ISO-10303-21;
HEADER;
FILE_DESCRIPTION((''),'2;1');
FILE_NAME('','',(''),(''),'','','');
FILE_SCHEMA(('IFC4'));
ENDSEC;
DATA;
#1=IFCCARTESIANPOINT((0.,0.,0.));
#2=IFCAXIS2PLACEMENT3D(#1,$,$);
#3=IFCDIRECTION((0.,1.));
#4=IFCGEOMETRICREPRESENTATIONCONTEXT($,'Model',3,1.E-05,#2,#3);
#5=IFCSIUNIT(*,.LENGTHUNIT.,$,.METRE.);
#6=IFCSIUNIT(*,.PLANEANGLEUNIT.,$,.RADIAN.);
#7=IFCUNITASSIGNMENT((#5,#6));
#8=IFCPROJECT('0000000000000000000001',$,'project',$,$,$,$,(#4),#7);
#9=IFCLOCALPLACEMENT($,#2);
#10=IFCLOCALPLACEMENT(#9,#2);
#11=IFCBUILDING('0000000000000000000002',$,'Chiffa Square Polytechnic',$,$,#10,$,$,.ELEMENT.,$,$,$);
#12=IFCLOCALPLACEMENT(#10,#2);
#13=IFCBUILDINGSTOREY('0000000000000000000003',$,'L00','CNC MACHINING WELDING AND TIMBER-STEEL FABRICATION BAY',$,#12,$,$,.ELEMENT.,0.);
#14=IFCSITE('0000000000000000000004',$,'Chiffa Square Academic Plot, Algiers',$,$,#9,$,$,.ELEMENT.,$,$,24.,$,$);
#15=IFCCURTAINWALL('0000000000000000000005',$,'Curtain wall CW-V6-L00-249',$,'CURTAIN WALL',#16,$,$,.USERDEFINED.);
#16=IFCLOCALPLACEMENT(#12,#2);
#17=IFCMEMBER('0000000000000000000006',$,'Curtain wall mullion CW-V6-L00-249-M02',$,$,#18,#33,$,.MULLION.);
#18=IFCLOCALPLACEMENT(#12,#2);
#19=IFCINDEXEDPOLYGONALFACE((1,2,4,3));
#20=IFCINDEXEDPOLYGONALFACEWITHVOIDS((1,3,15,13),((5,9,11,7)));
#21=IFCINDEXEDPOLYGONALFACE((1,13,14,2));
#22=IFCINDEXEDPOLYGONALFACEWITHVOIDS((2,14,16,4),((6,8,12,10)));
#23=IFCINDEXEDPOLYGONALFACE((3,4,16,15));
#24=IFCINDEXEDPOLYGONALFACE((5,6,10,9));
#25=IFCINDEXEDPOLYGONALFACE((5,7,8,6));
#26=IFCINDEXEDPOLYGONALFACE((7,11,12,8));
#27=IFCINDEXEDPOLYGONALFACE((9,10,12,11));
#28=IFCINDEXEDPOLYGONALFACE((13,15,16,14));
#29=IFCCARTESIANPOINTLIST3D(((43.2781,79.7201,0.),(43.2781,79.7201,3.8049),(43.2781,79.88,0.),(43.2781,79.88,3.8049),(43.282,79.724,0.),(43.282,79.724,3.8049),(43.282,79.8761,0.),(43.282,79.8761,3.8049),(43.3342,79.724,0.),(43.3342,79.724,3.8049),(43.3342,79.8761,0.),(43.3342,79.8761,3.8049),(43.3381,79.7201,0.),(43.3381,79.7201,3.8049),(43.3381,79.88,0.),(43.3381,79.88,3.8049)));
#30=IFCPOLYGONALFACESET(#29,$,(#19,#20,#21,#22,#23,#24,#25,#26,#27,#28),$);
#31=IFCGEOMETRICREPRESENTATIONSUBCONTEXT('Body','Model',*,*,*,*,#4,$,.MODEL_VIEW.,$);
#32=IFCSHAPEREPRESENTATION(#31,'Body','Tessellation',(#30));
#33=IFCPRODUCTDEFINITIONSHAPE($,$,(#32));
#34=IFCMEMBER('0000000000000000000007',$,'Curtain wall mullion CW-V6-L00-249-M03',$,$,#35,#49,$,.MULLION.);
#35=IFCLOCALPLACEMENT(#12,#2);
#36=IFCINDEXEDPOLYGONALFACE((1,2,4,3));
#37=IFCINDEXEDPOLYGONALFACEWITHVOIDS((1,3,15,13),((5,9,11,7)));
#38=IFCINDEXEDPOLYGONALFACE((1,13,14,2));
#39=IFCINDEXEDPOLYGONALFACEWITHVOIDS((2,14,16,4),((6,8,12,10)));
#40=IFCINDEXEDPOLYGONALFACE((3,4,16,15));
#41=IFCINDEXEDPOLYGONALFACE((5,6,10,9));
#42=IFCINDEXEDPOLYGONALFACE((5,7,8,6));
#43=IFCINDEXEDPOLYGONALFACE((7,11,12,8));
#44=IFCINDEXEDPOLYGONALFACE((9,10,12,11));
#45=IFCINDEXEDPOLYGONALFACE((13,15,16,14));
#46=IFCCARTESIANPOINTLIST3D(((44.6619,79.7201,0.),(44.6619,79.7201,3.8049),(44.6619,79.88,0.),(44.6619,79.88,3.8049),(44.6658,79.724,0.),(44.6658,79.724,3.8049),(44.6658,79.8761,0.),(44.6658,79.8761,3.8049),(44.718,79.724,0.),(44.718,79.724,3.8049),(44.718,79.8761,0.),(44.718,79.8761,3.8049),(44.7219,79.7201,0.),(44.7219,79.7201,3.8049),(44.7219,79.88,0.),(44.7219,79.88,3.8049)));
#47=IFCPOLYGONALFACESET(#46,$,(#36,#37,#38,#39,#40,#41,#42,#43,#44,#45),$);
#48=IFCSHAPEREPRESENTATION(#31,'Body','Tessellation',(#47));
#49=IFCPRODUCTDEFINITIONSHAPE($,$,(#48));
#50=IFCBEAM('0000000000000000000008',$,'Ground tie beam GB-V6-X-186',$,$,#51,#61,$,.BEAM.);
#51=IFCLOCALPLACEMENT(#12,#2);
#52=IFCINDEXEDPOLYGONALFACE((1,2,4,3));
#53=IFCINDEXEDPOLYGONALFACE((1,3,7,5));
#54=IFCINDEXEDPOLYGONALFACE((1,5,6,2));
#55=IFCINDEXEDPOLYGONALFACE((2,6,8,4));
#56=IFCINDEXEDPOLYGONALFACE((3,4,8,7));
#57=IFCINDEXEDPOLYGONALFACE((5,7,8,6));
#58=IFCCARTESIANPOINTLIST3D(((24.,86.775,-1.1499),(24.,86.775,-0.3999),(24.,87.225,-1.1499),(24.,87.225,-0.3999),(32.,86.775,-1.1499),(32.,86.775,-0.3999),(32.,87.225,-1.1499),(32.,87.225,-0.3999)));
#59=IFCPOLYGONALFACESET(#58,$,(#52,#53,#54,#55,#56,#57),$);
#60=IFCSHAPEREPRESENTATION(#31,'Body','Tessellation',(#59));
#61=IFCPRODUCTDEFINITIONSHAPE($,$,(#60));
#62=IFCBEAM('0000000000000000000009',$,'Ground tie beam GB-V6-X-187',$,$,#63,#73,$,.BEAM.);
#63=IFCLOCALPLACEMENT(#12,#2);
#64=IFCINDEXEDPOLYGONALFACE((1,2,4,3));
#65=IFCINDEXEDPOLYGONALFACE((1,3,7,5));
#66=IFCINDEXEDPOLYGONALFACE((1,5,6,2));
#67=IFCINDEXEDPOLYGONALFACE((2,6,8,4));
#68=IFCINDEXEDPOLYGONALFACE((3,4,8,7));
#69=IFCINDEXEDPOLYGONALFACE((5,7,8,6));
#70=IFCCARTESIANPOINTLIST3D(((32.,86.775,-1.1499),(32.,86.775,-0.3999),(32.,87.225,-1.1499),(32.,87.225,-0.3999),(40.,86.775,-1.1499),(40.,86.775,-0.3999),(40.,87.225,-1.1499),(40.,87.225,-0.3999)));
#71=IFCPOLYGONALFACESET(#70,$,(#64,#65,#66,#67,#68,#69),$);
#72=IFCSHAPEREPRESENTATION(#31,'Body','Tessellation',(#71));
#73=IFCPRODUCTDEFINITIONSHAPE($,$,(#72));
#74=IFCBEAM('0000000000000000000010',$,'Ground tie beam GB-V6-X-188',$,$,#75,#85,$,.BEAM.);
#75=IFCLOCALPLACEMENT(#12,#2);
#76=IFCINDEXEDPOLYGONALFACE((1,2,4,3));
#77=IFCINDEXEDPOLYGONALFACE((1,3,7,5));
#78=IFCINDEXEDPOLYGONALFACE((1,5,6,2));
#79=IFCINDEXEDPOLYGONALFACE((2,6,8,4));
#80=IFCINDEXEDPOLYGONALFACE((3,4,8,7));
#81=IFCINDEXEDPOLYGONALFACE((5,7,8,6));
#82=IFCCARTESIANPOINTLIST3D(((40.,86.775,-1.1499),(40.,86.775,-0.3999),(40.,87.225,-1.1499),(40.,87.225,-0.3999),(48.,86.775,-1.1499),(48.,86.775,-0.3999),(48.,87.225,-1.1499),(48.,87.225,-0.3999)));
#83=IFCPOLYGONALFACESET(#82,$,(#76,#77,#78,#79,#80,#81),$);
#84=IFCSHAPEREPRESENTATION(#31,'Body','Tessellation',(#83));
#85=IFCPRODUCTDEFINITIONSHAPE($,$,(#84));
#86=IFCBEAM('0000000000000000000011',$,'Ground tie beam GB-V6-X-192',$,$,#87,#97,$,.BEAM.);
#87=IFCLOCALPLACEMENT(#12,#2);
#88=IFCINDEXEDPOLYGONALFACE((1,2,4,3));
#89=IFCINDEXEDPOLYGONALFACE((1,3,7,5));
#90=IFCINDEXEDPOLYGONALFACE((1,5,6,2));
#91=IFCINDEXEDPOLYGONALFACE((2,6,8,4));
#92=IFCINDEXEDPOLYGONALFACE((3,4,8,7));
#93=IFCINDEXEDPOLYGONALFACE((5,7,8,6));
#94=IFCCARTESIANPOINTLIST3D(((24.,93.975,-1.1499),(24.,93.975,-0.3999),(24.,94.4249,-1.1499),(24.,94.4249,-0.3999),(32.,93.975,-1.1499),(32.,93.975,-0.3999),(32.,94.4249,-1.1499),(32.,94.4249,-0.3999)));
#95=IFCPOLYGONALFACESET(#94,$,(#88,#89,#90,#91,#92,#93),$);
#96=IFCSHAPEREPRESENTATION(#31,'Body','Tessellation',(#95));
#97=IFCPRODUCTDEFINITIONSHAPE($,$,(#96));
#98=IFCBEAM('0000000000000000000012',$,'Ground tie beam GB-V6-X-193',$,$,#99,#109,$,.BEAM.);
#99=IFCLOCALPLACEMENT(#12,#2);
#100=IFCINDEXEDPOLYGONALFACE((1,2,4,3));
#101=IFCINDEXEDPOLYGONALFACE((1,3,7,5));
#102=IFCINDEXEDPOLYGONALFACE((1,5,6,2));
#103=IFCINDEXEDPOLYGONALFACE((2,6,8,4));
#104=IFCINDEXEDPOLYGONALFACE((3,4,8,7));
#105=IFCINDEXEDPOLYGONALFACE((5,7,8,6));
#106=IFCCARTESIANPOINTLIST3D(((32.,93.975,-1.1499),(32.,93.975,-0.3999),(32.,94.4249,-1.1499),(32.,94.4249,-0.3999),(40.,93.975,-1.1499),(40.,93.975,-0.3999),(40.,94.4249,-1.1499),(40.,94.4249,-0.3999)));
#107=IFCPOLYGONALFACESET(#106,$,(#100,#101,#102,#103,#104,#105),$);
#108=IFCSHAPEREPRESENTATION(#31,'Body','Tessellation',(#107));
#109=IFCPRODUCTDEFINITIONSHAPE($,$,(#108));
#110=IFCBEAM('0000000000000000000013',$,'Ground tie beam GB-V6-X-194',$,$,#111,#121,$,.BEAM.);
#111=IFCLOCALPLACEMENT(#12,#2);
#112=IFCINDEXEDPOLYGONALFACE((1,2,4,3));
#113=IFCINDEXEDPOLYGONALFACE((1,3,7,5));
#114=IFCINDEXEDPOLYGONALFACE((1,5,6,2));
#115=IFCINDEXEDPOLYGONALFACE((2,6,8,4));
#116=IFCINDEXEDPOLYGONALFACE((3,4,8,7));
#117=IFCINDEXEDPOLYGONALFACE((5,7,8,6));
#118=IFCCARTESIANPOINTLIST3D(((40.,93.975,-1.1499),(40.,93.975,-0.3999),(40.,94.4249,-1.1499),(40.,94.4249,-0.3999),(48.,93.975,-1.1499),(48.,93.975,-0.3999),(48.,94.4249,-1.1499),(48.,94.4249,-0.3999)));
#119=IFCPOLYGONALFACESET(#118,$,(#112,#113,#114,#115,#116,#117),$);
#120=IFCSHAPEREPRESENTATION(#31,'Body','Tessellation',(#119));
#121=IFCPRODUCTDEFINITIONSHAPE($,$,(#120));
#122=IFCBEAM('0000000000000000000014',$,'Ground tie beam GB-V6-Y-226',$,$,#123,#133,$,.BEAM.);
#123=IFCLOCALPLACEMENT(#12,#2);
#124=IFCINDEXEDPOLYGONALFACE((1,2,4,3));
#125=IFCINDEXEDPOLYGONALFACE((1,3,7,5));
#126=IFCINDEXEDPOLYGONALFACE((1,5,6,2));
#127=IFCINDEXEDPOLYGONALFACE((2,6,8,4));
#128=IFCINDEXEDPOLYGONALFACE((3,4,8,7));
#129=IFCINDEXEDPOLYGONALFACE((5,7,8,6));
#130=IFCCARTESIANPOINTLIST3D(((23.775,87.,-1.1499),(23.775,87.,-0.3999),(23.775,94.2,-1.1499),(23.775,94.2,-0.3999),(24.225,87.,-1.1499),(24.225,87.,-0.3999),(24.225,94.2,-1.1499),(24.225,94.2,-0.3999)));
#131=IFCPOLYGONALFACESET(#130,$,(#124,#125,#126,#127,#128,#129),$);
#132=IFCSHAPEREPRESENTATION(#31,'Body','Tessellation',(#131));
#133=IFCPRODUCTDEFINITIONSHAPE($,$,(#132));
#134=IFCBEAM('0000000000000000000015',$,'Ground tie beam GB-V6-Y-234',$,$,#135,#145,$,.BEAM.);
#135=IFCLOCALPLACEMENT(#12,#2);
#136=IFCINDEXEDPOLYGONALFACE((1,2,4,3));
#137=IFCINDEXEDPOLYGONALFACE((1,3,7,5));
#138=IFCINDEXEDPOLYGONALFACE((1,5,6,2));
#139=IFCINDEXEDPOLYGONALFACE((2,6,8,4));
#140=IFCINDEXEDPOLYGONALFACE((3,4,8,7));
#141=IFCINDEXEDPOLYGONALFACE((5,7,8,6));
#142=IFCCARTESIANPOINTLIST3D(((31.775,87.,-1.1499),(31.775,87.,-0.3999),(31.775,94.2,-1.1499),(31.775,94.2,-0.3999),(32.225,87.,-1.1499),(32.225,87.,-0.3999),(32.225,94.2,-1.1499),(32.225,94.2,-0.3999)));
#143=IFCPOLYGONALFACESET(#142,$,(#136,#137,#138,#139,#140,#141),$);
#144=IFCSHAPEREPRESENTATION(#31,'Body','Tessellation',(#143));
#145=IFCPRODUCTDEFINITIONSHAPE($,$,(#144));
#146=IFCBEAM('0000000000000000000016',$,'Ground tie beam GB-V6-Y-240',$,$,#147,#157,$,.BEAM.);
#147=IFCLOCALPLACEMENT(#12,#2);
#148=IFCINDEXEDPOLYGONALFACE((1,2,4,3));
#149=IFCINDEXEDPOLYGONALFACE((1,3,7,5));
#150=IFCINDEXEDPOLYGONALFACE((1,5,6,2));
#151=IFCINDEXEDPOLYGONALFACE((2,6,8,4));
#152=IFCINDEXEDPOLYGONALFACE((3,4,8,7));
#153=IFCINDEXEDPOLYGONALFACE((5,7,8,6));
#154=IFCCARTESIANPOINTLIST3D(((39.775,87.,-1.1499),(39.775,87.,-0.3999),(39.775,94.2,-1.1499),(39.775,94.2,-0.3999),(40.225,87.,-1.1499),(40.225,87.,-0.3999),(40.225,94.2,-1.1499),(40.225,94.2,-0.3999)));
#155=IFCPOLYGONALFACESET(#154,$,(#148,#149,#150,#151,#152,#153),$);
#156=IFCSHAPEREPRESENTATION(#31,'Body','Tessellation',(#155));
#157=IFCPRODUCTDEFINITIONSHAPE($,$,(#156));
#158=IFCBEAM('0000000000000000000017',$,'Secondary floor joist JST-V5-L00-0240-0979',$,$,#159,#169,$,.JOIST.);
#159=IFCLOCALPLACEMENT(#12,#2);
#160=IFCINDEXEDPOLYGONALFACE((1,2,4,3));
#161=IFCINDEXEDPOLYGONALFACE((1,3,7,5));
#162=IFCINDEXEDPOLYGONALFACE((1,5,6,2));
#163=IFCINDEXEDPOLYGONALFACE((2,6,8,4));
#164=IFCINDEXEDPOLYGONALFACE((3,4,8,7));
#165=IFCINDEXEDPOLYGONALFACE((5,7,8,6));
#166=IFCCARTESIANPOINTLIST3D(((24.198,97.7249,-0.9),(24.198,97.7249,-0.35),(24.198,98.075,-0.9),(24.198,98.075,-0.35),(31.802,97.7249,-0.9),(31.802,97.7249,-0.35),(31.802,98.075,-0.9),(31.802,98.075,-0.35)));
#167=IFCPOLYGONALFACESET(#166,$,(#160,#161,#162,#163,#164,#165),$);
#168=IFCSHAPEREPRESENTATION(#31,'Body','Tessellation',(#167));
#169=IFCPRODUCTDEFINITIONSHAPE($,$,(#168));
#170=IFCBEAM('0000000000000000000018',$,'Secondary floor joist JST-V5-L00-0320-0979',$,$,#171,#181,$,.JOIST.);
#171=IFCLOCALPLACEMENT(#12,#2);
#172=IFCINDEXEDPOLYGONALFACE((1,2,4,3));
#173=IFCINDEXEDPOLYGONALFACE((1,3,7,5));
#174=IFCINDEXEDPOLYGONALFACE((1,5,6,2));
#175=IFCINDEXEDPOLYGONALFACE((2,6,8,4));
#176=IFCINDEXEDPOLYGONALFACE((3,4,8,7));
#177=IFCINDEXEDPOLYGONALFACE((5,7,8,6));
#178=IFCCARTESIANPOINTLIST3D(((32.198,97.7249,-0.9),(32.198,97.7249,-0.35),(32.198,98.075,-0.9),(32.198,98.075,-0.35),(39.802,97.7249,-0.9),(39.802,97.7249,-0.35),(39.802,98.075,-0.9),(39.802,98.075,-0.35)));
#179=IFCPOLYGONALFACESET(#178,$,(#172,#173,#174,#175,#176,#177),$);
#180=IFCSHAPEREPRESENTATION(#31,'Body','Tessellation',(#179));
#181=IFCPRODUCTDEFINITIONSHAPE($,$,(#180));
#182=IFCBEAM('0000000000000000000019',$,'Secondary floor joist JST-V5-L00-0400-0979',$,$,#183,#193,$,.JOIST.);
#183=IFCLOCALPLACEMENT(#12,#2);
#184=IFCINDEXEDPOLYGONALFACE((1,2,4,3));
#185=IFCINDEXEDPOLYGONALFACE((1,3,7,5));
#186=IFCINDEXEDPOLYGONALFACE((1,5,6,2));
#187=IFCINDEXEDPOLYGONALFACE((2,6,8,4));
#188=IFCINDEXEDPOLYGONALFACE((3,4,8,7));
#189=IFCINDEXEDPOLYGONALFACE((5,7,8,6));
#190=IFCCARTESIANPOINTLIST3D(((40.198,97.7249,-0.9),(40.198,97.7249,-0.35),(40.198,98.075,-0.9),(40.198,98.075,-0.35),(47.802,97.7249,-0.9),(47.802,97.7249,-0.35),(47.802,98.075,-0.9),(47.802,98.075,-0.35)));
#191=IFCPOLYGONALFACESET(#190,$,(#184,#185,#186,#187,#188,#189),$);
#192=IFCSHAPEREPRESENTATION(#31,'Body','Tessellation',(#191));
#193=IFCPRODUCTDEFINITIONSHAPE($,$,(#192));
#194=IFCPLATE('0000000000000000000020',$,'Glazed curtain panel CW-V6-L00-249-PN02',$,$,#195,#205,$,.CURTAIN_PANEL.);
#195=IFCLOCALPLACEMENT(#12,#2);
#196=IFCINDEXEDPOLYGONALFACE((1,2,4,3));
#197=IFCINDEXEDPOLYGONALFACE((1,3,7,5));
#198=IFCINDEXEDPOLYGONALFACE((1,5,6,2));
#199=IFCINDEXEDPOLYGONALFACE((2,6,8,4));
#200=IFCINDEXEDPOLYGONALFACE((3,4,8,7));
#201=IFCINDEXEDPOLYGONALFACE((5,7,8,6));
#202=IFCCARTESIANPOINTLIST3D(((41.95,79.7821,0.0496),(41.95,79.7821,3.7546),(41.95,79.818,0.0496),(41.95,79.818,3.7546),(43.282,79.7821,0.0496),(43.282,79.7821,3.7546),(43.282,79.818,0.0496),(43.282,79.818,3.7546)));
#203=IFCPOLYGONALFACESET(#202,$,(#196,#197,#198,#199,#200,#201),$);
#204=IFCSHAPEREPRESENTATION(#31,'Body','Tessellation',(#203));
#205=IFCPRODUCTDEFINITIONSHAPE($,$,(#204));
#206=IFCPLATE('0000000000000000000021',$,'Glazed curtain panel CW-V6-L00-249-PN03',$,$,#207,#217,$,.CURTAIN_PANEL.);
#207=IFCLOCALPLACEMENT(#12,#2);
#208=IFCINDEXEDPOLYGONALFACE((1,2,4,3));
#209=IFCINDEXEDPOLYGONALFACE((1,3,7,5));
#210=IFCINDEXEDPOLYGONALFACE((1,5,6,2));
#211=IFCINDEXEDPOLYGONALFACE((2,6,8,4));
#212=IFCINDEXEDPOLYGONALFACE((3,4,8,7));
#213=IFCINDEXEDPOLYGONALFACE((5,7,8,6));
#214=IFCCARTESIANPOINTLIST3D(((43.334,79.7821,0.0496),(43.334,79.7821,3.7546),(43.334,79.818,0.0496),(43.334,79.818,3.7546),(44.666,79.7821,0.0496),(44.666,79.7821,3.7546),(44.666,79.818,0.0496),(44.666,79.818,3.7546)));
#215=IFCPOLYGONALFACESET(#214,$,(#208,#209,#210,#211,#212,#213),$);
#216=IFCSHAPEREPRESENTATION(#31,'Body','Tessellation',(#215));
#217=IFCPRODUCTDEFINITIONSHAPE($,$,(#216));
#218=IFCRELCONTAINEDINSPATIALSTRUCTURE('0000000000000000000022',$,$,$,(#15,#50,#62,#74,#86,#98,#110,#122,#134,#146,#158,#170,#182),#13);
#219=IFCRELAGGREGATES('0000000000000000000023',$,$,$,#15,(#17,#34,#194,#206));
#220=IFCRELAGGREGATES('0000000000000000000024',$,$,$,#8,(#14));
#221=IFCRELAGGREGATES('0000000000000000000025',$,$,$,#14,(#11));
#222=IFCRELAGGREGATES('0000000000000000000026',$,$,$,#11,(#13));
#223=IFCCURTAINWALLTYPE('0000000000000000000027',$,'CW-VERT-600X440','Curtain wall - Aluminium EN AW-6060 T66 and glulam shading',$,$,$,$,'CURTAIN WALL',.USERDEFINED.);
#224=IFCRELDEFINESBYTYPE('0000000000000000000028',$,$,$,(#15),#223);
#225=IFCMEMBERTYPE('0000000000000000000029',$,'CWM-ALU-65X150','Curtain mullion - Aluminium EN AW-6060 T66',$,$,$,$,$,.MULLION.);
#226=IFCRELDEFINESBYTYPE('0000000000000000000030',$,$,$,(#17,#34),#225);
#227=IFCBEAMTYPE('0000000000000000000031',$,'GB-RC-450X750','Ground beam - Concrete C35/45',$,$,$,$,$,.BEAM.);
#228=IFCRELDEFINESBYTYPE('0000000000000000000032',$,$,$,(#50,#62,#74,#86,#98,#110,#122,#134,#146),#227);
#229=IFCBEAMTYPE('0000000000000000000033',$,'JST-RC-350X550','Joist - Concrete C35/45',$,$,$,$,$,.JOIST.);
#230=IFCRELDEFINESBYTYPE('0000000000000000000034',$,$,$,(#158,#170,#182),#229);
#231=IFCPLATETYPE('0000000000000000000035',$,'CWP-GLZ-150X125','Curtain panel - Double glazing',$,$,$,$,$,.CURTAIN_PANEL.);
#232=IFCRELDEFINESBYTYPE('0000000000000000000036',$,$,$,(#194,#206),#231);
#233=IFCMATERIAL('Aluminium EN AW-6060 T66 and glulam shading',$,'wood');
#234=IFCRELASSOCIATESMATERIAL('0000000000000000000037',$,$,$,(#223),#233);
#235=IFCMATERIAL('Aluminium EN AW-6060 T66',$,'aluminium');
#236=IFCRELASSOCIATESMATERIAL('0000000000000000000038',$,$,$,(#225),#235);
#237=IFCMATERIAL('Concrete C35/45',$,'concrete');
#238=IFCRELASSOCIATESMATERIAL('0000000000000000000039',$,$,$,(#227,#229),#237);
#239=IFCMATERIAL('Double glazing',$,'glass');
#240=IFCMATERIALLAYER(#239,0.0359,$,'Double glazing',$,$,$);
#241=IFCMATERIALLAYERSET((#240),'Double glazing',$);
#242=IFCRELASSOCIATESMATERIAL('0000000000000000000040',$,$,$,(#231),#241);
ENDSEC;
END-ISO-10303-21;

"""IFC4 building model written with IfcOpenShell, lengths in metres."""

from ifc_helpers import new_model, si_unit, direction, frame, origin, origin_2d, place, context, subcontext, project, spatial, rectangle, hollow_rectangle, extrude, material, layer, layer_set, material_profile, profile_set, type_object, element, aggregate, save


model = new_model("IFC4")

# Units and contexts
model_context = context("Model", 3, precision=1e-05, world=origin(), true_north=direction((0.0, 1.0)))
body_context = subcontext(model_context, "Body", "Model", "MODEL_VIEW")
ifc_project = project(units=[si_unit("LENGTHUNIT", "METRE"), si_unit("PLANEANGLEUNIT", "RADIAN")], contexts=[model_context])

# Site, building, storey
site_placement = place(None, origin())
site = spatial("IfcSite", under=ifc_project, at=site_placement, Name="Chiffa Square Academic Plot, Algiers", CompositionType="ELEMENT", RefElevation=24.0)
building_placement = place(site_placement, origin())
building = spatial("IfcBuilding", under=site, at=building_placement, Name="Chiffa Square Polytechnic", CompositionType="ELEMENT")
storey_placement = place(building_placement, origin())
storey = spatial("IfcBuildingStorey", under=building, at=storey_placement, Name="L00", Description="CNC MACHINING WELDING AND TIMBER-STEEL FABRICATION BAY", CompositionType="ELEMENT", Elevation=0.0)

# Shared definitions
ifc_material_1 = material(Name="Concrete C35/45", Category="concrete")

# Curtain wall, members
ifc_material_2 = material(Name="Aluminium EN AW-6060 T66 and glulam shading", Category="wood")
curtain_wall_type = type_object("IfcCurtainWallType", Name="CW-VERT-600X440", Description="Curtain wall - Aluminium EN AW-6060 T66 and glulam shading", ElementType="CURTAIN WALL", PredefinedType="USERDEFINED", material=ifc_material_2)
curtain_wall_placement = place(storey_placement, origin())
curtain_wall = element("IfcCurtainWall", 1, at=curtain_wall_placement, inside=storey, type_object=curtain_wall_type, Name="Curtain wall CW-V6-L00-249", ObjectType="CURTAIN WALL", PredefinedType="USERDEFINED")
ifc_material_3 = material(Name="Aluminium EN AW-6060 T66", Category="aluminium")
ifc_material_profile_1 = material_profile(ifc_material_3, hollow_rectangle(XDim=0.0601, YDim=0.1599, WallThickness=0.0039, at=origin_2d()), Name="ALU 60x160x4")
ifc_profile_set_1 = profile_set([ifc_material_profile_1], Name="Aluminium EN AW-6060 T66")
member_type = type_object("IfcMemberType", Name="CWM-ALU-65X150", Description="Curtain mullion - Aluminium EN AW-6060 T66", PredefinedType="MULLION", material=ifc_profile_set_1)
member_1_placement = place(storey_placement, frame((43.3081, 79.8, 0.0), z_axis=(0.0, 0.0, 1.0), x_axis=(1.0, 0.0, 0.0)))
member_1 = element("IfcMember", 2, at=member_1_placement, type_object=member_type, Name="Curtain wall mullion CW-V6-L00-249-M02", PredefinedType="MULLION", context=body_context, shape_type="SweptSolid", body=[
    extrude(hollow_rectangle(XDim=0.0601, YDim=0.1599, WallThickness=0.0039, at=origin_2d()), origin(), (0.0, 0.0, 1.0), 3.8049),
])
member_2_placement = place(storey_placement, frame((44.6919, 79.8, 0.0), z_axis=(0.0, 0.0, 1.0), x_axis=(1.0, 0.0, 0.0)))
member_2 = element("IfcMember", 3, at=member_2_placement, type_object=member_type, Name="Curtain wall mullion CW-V6-L00-249-M03", PredefinedType="MULLION", context=body_context, shape_type="SweptSolid", body=[
    extrude(hollow_rectangle(XDim=0.0601, YDim=0.1599, WallThickness=0.0039, at=origin_2d()), origin(), (0.0, 0.0, 1.0), 3.8049),
])

# Beams
ifc_material_profile_2 = material_profile(ifc_material_1, rectangle(XDim=0.45, YDim=0.75, at=origin_2d()), Name="RC 450x750")
ifc_profile_set_2 = profile_set([ifc_material_profile_2], Name="Concrete C35/45")
beam_type_1 = type_object("IfcBeamType", Name="GB-RC-450X750", Description="Ground beam - Concrete C35/45", PredefinedType="BEAM", material=ifc_profile_set_2)
for number, where, z_axis, x_axis, name in (
    (4, (24.0, 87.0, -0.7749), (1.0, 0.0, 0.0), (0.0, 1.0, 0.0), "Ground tie beam GB-V6-X-186"),
    (5, (32.0, 87.0, -0.7749), (1.0, 0.0, 0.0), (0.0, 1.0, 0.0), "Ground tie beam GB-V6-X-187"),
    (6, (40.0, 87.0, -0.7749), (1.0, 0.0, 0.0), (0.0, 1.0, 0.0), "Ground tie beam GB-V6-X-188"),
    (7, (24.0, 94.2, -0.7749), (1.0, 0.0, 0.0), (0.0, 1.0, 0.0), "Ground tie beam GB-V6-X-192"),
    (8, (32.0, 94.2, -0.7749), (1.0, 0.0, 0.0), (0.0, 1.0, 0.0), "Ground tie beam GB-V6-X-193"),
    (9, (40.0, 94.2, -0.7749), (1.0, 0.0, 0.0), (0.0, 1.0, 0.0), "Ground tie beam GB-V6-X-194"),
):
    element("IfcBeam", number, at=place(storey_placement, frame(where, z_axis=z_axis, x_axis=x_axis)), inside=storey, type_object=beam_type_1, Name=name, PredefinedType="BEAM", context=body_context, shape_type="SweptSolid", body=[
        extrude(rectangle(XDim=0.45, YDim=0.75, at=origin_2d()), origin(), (0.0, 0.0, 1.0), 8.0),
    ])
for number, where, z_axis, x_axis, name in (
    (10, (24.0, 87.0, -0.7749), (0.0, 1.0, 0.0), (-1.0, 0.0, 0.0), "Ground tie beam GB-V6-Y-226"),
    (11, (32.0, 87.0, -0.7749), (0.0, 1.0, 0.0), (-1.0, 0.0, 0.0), "Ground tie beam GB-V6-Y-234"),
    (12, (40.0, 87.0, -0.7749), (0.0, 1.0, 0.0), (-1.0, 0.0, 0.0), "Ground tie beam GB-V6-Y-240"),
):
    element("IfcBeam", number, at=place(storey_placement, frame(where, z_axis=z_axis, x_axis=x_axis)), inside=storey, type_object=beam_type_1, Name=name, PredefinedType="BEAM", context=body_context, shape_type="SweptSolid", body=[
        extrude(rectangle(XDim=0.45, YDim=0.75, at=origin_2d()), origin(), (0.0, 0.0, 1.0), 7.2),
    ])
ifc_material_profile_3 = material_profile(ifc_material_1, rectangle(XDim=0.3501, YDim=0.55, at=origin_2d()), Name="RC 350x550")
ifc_profile_set_3 = profile_set([ifc_material_profile_3], Name="Concrete C35/45")
beam_type_2 = type_object("IfcBeamType", Name="JST-RC-350X550", Description="Joist - Concrete C35/45", PredefinedType="JOIST", material=ifc_profile_set_3)
for number, where, z_axis, x_axis, name in (
    (13, (24.198, 97.8999, -0.625), (1.0, 0.0, 0.0), (0.0, 1.0, 0.0), "Secondary floor joist JST-V5-L00-0240-0979"),
    (14, (32.198, 97.8999, -0.625), (1.0, 0.0, 0.0), (0.0, 1.0, 0.0), "Secondary floor joist JST-V5-L00-0320-0979"),
    (15, (40.198, 97.8999, -0.625), (1.0, 0.0, 0.0), (0.0, 1.0, 0.0), "Secondary floor joist JST-V5-L00-0400-0979"),
):
    element("IfcBeam", number, at=place(storey_placement, frame(where, z_axis=z_axis, x_axis=x_axis)), inside=storey, type_object=beam_type_2, Name=name, PredefinedType="JOIST", context=body_context, shape_type="SweptSolid", body=[
        extrude(rectangle(XDim=0.3501, YDim=0.55, at=origin_2d()), origin(), (0.0, 0.0, 1.0), 7.604),
    ])

# Plates
ifc_material_4 = material(Name="Double glazing", Category="glass")
ifc_layer_1 = layer(ifc_material_4, 0.0359, Name="Double glazing")
ifc_layer_set_1 = layer_set([ifc_layer_1], Name="Double glazing")
plate_type = type_object("IfcPlateType", Name="CWP-GLZ-150X125", Description="Curtain panel - Double glazing", PredefinedType="CURTAIN_PANEL", material=ifc_layer_set_1)
plate_1_placement = place(storey_placement, frame((42.616, 79.8, 0.0496), z_axis=(0.0, 0.0, 1.0), x_axis=(1.0, 0.0, 0.0)))
plate_1 = element("IfcPlate", 16, at=plate_1_placement, type_object=plate_type, Name="Glazed curtain panel CW-V6-L00-249-PN02", PredefinedType="CURTAIN_PANEL", context=body_context, shape_type="SweptSolid", body=[
    extrude(rectangle(XDim=1.332, YDim=0.0359, at=origin_2d()), origin(), (0.0, 0.0, 1.0), 3.7051),
])
plate_2_placement = place(storey_placement, frame((44.0, 79.8, 0.0496), z_axis=(0.0, 0.0, 1.0), x_axis=(1.0, 0.0, 0.0)))
plate_2 = element("IfcPlate", 17, at=plate_2_placement, type_object=plate_type, Name="Glazed curtain panel CW-V6-L00-249-PN03", PredefinedType="CURTAIN_PANEL", context=body_context, shape_type="SweptSolid", body=[
    extrude(rectangle(XDim=1.332, YDim=0.0359, at=origin_2d()), origin(), (0.0, 0.0, 1.0), 3.7051),
])
aggregate(curtain_wall, [member_1, member_2, plate_1, plate_2])

save(model, "model.ifc")
